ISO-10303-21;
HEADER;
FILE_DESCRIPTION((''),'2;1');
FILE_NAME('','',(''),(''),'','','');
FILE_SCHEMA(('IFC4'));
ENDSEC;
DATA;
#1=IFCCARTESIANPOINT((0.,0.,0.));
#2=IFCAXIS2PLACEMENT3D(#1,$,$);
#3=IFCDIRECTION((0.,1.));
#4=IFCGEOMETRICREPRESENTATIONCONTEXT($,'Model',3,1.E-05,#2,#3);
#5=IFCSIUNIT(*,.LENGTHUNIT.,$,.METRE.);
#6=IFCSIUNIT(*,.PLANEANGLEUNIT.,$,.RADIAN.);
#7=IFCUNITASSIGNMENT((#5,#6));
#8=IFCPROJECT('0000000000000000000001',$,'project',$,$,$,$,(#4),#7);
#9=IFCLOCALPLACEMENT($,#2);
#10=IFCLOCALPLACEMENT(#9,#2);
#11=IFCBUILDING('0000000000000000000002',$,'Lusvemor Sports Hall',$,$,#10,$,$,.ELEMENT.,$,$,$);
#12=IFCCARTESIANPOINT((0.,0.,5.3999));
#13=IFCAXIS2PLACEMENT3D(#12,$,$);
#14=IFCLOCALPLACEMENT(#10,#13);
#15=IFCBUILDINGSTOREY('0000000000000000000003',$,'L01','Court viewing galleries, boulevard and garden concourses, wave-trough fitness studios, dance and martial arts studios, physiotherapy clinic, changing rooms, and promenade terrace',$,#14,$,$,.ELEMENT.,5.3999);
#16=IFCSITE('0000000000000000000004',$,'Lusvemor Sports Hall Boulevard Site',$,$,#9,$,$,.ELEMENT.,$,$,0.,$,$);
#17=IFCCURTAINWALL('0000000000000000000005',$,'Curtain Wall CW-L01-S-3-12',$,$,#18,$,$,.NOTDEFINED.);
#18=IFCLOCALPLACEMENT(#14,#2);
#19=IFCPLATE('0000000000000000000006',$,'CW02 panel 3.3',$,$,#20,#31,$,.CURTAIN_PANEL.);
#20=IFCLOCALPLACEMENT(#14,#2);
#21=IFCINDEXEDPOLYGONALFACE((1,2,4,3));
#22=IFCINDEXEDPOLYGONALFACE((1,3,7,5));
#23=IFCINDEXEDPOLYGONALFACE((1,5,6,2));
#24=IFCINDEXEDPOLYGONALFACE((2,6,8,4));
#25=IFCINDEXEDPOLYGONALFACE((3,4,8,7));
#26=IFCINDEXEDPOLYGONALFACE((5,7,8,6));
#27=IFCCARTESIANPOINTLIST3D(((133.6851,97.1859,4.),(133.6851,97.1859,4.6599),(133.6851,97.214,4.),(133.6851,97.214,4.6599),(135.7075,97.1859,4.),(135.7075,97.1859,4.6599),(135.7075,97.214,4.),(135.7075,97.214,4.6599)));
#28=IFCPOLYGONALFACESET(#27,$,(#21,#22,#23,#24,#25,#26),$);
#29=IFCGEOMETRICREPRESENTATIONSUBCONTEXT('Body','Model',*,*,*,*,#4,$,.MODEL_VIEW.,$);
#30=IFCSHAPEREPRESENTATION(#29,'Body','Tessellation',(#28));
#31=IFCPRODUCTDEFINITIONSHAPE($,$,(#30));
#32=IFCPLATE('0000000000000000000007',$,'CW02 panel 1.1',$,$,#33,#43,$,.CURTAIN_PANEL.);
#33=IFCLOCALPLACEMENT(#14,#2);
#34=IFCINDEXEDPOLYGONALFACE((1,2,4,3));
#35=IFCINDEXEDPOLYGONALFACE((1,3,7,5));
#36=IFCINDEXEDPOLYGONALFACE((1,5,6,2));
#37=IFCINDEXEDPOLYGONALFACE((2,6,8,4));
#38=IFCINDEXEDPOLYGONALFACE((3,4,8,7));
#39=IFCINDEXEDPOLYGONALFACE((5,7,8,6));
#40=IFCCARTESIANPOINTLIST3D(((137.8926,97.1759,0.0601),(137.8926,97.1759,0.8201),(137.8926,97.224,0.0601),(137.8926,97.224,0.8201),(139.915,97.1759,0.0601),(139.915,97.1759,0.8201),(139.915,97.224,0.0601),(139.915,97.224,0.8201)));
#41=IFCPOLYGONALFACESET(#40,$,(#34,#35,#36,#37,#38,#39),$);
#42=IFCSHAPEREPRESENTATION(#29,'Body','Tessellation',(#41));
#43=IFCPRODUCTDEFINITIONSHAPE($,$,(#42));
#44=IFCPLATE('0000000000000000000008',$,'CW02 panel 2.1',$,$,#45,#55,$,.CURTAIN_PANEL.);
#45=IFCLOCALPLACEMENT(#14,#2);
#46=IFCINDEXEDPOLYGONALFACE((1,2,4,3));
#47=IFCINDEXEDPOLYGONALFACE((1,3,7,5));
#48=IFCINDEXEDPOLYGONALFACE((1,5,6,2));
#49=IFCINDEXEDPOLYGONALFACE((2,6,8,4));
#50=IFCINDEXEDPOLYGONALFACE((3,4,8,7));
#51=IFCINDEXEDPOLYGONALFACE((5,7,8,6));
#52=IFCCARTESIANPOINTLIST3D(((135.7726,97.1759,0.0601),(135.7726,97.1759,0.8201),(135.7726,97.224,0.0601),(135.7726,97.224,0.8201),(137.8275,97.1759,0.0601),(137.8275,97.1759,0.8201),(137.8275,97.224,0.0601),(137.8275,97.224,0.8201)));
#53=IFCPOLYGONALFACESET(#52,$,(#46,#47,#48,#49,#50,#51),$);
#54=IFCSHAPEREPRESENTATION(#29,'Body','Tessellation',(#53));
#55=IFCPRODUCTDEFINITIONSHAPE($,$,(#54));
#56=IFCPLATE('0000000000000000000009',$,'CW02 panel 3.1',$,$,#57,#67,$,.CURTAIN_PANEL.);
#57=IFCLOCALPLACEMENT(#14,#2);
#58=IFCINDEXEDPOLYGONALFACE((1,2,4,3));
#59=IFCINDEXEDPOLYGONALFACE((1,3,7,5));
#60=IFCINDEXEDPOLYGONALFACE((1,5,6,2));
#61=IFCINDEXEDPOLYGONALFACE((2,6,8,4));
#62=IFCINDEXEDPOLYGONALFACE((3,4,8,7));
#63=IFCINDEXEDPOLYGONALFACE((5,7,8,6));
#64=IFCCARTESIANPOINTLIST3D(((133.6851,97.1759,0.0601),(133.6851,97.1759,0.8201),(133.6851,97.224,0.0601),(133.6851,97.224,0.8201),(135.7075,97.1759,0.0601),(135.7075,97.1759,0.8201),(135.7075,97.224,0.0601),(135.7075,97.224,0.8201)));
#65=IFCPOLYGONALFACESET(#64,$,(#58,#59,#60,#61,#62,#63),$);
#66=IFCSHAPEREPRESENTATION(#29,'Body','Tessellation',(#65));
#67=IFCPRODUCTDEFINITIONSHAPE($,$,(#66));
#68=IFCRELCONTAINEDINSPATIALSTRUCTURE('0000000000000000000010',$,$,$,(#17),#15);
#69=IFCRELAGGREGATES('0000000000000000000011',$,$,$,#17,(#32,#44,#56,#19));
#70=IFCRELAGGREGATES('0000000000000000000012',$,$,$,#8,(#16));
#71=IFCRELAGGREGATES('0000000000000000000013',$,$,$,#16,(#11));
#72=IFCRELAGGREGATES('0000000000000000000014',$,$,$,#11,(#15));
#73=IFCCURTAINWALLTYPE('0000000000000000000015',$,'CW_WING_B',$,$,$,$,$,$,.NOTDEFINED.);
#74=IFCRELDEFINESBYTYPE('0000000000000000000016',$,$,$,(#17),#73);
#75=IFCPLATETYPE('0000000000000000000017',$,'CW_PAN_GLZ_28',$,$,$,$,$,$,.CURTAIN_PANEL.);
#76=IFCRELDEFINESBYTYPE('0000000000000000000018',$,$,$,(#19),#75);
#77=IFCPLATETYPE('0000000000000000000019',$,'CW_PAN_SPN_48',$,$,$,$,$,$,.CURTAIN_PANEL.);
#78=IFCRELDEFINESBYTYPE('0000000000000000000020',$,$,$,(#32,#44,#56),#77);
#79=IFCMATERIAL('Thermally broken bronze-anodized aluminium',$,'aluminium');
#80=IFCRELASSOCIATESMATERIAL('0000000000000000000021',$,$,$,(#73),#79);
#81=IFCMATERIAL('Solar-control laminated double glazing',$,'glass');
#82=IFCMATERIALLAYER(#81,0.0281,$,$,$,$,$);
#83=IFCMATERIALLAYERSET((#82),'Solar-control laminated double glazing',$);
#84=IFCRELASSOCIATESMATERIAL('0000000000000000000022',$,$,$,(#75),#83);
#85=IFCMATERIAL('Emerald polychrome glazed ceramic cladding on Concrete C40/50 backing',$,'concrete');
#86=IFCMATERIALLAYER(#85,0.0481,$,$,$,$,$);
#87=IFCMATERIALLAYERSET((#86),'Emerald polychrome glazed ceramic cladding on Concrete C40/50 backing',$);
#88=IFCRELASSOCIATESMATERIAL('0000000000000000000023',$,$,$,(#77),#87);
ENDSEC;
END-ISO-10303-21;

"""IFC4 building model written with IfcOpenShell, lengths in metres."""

from ifc_helpers import new_model, si_unit, direction, frame, origin, origin_2d, place, context, subcontext, project, spatial, rectangle, extrude, material, layer, layer_set, type_object, element, aggregate, save


model = new_model("IFC4")

# Units and contexts
model_context = context("Model", 3, precision=1e-05, world=origin(), true_north=direction((0.0, 1.0)))
body_context = subcontext(model_context, "Body", "Model", "MODEL_VIEW")
ifc_project = project(units=[si_unit("LENGTHUNIT", "METRE"), si_unit("PLANEANGLEUNIT", "RADIAN")], contexts=[model_context])

# Site, building, storey
site_placement = place(None, origin())
site = spatial("IfcSite", under=ifc_project, at=site_placement, Name="Lusvemor Sports Hall Boulevard Site", CompositionType="ELEMENT", RefElevation=0.0)
building_placement = place(site_placement, origin())
building = spatial("IfcBuilding", under=site, at=building_placement, Name="Lusvemor Sports Hall", CompositionType="ELEMENT")
storey_placement = place(building_placement, frame((0.0, 0.0, 5.3999)))
storey = spatial("IfcBuildingStorey", under=building, at=storey_placement, Name="L01", Description="Court viewing galleries, boulevard and garden concourses, wave-trough fitness studios, dance and martial arts studios, physiotherapy clinic, changing rooms, and promenade terrace", CompositionType="ELEMENT", Elevation=5.3999)

# Curtain wall
ifc_material_1 = material(Name="Thermally broken bronze-anodized aluminium", Category="aluminium")
curtain_wall_type = type_object("IfcCurtainWallType", Name="CW_WING_B", PredefinedType="NOTDEFINED", material=ifc_material_1)
curtain_wall_placement = place(storey_placement, origin())
curtain_wall = element("IfcCurtainWall", 1, at=curtain_wall_placement, inside=storey, type_object=curtain_wall_type, Name="Curtain Wall CW-L01-S-3-12", PredefinedType="NOTDEFINED")

# Plates
ifc_material_2 = material(Name="Solar-control laminated double glazing", Category="glass")
ifc_layer_1 = layer(ifc_material_2, 0.0281)
ifc_layer_set_1 = layer_set([ifc_layer_1], Name="Solar-control laminated double glazing")
plate_type_1 = type_object("IfcPlateType", Name="CW_PAN_GLZ_28", PredefinedType="CURTAIN_PANEL", material=ifc_layer_set_1)
plate_1_placement = place(storey_placement, frame((134.6963, 97.2, 4.0), z_axis=(0.0, 0.0, 1.0), x_axis=(-1.0, 0.0, 0.0)))
plate_1 = element("IfcPlate", 2, at=plate_1_placement, type_object=plate_type_1, Name="CW02 panel 3.3", PredefinedType="CURTAIN_PANEL", context=body_context, shape_type="SweptSolid", body=[
    extrude(rectangle(XDim=2.0225, YDim=0.0281, at=origin_2d()), origin(), (0.0, 0.0, 1.0), 0.6599),
])
ifc_material_3 = material(Name="Emerald polychrome glazed ceramic cladding on Concrete C40/50 backing", Category="concrete")
ifc_layer_2 = layer(ifc_material_3, 0.0481)
ifc_layer_set_2 = layer_set([ifc_layer_2], Name="Emerald polychrome glazed ceramic cladding on Concrete C40/50 backing")
plate_type_2 = type_object("IfcPlateType", Name="CW_PAN_SPN_48", PredefinedType="CURTAIN_PANEL", material=ifc_layer_set_2)
plate_2_placement = place(storey_placement, frame((138.9038, 97.2, 0.0601), z_axis=(0.0, 0.0, 1.0), x_axis=(-1.0, 0.0, 0.0)))
plate_2 = element("IfcPlate", 3, at=plate_2_placement, type_object=plate_type_2, Name="CW02 panel 1.1", PredefinedType="CURTAIN_PANEL", context=body_context, shape_type="SweptSolid", body=[
    extrude(rectangle(XDim=2.0225, YDim=0.0481, at=origin_2d()), origin(), (0.0, 0.0, 1.0), 0.76),
])
plate_3_placement = place(storey_placement, frame((136.8, 97.2, 0.0601), z_axis=(0.0, 0.0, 1.0), x_axis=(-1.0, 0.0, 0.0)))
plate_3 = element("IfcPlate", 4, at=plate_3_placement, type_object=plate_type_2, Name="CW02 panel 2.1", PredefinedType="CURTAIN_PANEL", context=body_context, shape_type="SweptSolid", body=[
    extrude(rectangle(XDim=2.0549, YDim=0.0481, at=origin_2d()), origin(), (0.0, 0.0, 1.0), 0.76),
])
plate_4_placement = place(storey_placement, frame((134.6963, 97.2, 0.0601), z_axis=(0.0, 0.0, 1.0), x_axis=(-1.0, 0.0, 0.0)))
plate_4 = element("IfcPlate", 5, at=plate_4_placement, type_object=plate_type_2, Name="CW02 panel 3.1", PredefinedType="CURTAIN_PANEL", context=body_context, shape_type="SweptSolid", body=[
    extrude(rectangle(XDim=2.0225, YDim=0.0481, at=origin_2d()), origin(), (0.0, 0.0, 1.0), 0.76),
])
aggregate(curtain_wall, [plate_2, plate_3, plate_4, plate_1])

save(model, "model.ifc")
